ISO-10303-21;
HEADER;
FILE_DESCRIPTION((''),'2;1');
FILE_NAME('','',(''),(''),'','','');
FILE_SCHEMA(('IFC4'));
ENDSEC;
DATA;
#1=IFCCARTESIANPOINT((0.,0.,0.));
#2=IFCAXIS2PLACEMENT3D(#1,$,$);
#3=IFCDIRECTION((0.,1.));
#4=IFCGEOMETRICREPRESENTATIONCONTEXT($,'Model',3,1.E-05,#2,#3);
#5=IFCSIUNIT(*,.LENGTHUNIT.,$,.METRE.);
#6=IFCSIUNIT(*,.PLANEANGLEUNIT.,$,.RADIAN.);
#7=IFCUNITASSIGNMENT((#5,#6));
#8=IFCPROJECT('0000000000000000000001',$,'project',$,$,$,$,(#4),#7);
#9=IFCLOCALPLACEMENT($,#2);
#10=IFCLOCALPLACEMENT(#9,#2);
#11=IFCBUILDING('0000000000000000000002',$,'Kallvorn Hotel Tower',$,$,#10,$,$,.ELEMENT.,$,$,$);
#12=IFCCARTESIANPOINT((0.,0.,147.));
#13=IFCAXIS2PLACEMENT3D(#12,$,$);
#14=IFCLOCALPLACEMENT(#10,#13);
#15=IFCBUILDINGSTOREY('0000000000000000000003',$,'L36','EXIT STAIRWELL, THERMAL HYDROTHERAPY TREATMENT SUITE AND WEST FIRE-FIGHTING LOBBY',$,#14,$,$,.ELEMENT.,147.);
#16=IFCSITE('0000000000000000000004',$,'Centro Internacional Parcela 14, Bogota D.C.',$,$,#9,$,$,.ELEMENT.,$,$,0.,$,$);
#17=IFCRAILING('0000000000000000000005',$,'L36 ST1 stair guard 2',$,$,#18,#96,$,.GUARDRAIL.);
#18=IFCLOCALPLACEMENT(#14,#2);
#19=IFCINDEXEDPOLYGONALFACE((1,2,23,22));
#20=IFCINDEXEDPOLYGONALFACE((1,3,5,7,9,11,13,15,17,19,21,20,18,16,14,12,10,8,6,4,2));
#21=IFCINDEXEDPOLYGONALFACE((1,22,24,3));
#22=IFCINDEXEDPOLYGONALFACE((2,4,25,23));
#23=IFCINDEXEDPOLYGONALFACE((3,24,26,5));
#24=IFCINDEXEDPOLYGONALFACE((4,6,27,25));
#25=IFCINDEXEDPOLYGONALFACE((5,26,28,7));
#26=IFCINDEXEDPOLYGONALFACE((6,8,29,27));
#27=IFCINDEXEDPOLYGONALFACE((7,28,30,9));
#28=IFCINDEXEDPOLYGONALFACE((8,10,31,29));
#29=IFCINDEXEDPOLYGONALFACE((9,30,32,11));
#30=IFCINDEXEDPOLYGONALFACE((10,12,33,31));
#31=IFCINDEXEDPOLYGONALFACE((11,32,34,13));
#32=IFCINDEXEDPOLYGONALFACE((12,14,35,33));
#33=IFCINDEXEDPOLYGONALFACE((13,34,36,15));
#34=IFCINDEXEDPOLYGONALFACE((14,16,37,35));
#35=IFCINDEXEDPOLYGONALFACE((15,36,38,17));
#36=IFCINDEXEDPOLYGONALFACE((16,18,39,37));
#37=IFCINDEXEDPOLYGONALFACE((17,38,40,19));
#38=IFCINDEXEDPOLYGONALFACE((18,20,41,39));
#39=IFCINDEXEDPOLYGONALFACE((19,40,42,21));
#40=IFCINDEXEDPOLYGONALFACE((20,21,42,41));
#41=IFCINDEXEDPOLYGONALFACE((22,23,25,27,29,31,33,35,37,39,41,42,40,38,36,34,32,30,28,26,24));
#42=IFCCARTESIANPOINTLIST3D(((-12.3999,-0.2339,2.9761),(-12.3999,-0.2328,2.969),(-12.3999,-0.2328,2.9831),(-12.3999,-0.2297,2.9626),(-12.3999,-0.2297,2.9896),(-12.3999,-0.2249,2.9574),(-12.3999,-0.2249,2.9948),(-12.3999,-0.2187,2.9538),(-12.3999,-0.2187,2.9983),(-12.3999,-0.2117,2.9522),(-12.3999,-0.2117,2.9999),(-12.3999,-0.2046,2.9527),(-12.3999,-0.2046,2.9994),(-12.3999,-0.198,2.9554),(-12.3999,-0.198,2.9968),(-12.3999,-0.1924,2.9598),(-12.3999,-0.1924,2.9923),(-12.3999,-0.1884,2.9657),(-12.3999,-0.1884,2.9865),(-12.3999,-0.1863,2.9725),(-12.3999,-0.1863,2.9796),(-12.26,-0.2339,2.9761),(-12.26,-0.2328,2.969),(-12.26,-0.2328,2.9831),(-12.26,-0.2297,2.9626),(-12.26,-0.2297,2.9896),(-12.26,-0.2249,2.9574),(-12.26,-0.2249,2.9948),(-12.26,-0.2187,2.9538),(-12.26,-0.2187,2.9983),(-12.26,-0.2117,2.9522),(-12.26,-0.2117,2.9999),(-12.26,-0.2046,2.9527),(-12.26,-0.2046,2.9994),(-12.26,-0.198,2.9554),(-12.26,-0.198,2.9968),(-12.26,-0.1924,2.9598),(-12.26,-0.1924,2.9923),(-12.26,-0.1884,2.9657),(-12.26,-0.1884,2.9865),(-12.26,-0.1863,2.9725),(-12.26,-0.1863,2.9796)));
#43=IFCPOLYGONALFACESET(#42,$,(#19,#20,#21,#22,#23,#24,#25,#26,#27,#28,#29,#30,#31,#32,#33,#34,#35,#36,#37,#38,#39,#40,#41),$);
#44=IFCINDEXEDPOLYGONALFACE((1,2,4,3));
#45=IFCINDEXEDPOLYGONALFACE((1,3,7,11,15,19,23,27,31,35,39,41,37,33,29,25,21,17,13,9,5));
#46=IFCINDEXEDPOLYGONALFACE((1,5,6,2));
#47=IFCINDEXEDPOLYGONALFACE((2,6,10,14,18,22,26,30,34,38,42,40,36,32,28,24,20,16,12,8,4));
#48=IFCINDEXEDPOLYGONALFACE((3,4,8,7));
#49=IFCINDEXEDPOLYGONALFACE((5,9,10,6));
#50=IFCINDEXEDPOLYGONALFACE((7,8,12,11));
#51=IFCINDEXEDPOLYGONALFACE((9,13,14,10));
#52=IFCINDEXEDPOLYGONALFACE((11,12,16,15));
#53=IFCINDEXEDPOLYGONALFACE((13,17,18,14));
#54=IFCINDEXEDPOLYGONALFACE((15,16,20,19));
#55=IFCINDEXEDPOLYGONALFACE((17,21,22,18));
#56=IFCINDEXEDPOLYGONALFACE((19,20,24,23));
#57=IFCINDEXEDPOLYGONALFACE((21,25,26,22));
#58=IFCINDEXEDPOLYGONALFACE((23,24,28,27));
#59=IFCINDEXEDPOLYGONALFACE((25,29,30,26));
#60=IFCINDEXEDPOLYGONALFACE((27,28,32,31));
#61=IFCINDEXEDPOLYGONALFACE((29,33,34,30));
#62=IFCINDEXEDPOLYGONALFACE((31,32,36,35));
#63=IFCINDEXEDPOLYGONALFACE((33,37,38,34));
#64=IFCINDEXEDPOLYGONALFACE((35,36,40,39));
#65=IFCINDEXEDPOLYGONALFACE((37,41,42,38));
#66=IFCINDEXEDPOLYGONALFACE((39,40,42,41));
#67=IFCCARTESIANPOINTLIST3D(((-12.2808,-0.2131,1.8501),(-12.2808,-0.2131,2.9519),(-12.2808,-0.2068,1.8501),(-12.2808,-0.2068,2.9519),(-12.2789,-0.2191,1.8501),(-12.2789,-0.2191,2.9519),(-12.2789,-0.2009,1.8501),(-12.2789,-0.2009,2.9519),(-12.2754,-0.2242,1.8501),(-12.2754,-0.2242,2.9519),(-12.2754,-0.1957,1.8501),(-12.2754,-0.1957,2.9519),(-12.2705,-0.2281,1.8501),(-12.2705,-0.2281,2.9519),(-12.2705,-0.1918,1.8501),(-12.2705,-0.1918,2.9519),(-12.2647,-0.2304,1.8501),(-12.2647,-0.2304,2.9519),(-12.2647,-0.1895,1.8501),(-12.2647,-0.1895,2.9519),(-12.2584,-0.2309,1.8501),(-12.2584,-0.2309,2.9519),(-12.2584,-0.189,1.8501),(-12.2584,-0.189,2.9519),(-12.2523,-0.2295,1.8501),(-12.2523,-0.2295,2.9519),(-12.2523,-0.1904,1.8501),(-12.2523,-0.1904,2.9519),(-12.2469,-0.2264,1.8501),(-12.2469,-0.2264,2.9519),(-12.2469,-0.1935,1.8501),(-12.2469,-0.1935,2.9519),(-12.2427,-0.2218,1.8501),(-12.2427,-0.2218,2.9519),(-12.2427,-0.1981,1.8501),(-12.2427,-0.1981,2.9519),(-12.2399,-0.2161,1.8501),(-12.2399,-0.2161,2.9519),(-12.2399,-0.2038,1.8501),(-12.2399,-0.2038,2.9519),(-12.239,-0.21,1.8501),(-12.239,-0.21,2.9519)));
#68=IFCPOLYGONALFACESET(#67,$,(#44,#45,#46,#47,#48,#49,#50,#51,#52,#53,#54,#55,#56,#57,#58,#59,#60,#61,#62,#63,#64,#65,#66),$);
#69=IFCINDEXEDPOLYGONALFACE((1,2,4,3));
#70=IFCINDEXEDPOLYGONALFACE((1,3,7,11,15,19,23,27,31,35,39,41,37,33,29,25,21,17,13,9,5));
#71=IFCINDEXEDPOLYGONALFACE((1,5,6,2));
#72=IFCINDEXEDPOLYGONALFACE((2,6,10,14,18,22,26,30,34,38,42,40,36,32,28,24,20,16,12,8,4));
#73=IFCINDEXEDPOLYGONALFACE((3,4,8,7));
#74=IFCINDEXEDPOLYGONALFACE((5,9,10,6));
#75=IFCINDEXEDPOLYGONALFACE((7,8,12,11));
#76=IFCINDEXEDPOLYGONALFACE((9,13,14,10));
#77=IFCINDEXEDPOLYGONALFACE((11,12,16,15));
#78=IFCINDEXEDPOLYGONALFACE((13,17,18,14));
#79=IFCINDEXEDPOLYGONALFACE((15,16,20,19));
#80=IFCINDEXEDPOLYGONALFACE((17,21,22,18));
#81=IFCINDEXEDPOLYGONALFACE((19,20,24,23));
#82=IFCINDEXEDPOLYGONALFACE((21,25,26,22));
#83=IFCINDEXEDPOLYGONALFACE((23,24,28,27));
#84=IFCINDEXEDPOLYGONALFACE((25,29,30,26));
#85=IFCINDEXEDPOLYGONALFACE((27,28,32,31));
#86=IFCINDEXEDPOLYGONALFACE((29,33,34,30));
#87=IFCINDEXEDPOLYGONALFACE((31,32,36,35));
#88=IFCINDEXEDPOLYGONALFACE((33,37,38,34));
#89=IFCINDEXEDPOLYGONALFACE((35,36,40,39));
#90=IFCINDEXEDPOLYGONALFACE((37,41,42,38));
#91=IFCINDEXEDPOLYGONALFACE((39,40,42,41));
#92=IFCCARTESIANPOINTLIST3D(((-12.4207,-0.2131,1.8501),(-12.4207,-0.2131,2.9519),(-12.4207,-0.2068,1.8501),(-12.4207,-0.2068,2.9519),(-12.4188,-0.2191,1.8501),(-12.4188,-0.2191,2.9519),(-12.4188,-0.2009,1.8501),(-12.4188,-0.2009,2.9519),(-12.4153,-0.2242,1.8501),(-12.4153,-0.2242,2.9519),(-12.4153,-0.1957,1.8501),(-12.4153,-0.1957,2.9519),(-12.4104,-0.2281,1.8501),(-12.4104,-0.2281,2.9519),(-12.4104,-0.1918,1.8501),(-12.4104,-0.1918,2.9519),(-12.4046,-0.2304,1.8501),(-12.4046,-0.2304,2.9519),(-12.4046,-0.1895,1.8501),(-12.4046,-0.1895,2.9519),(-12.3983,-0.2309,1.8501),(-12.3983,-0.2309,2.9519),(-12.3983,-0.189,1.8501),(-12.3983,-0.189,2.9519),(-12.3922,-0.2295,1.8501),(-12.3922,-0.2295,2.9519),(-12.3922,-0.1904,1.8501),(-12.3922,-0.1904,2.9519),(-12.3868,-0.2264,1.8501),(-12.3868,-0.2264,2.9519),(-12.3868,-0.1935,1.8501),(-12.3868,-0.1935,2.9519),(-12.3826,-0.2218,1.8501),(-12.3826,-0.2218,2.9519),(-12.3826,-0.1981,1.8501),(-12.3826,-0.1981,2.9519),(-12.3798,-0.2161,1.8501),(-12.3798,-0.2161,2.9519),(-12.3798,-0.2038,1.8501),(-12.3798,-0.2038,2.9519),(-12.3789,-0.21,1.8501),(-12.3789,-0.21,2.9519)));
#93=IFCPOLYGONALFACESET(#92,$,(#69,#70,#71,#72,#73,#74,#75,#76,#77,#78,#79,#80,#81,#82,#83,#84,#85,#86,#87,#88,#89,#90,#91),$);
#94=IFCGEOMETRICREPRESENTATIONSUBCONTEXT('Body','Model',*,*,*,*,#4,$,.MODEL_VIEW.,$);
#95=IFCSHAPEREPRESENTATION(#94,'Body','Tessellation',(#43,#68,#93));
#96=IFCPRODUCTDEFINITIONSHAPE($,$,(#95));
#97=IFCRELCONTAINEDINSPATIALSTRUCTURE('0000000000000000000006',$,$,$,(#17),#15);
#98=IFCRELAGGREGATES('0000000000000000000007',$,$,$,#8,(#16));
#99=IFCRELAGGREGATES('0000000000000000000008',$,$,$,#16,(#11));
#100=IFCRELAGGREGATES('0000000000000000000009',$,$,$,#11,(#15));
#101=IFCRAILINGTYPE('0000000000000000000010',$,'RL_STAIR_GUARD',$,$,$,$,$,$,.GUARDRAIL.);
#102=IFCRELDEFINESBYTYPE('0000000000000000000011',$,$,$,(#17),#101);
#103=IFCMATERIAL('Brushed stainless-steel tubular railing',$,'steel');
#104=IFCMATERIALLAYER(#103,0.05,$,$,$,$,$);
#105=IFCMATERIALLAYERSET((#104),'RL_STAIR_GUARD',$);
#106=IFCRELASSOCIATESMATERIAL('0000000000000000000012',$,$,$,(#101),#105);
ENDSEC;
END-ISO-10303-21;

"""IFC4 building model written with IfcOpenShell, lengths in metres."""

from ifc_helpers import new_model, si_unit, direction, frame, origin, origin_2d, place, context, subcontext, project, spatial, circle, extrude, material, layer, layer_set, type_object, element, save


model = new_model("IFC4")

# Units and contexts
model_context = context("Model", 3, precision=1e-05, world=origin(), true_north=direction((0.0, 1.0)))
body_context = subcontext(model_context, "Body", "Model", "MODEL_VIEW")
ifc_project = project(units=[si_unit("LENGTHUNIT", "METRE"), si_unit("PLANEANGLEUNIT", "RADIAN")], contexts=[model_context])

# Site, building, storey
site_placement = place(None, origin())
site = spatial("IfcSite", under=ifc_project, at=site_placement, Name="Centro Internacional Parcela 14, Bogota D.C.", CompositionType="ELEMENT", RefElevation=0.0)
building_placement = place(site_placement, origin())
building = spatial("IfcBuilding", under=site, at=building_placement, Name="Kallvorn Hotel Tower", CompositionType="ELEMENT")
storey_placement = place(building_placement, frame((0.0, 0.0, 147.0)))
storey = spatial("IfcBuildingStorey", under=building, at=storey_placement, Name="L36", Description="EXIT STAIRWELL, THERMAL HYDROTHERAPY TREATMENT SUITE AND WEST FIRE-FIGHTING LOBBY", CompositionType="ELEMENT", Elevation=147.0)

# Railing
ifc_material_1 = material(Name="Brushed stainless-steel tubular railing", Category="steel")
ifc_layer_1 = layer(ifc_material_1, 0.05)
ifc_layer_set_1 = layer_set([ifc_layer_1], Name="RL_STAIR_GUARD")
railing_type_1 = type_object("IfcRailingType", Name="RL_STAIR_GUARD", PredefinedType="GUARDRAIL", material=ifc_layer_set_1)
railing_1_placement = place(storey_placement, frame((-12.26, -0.21, 1.8501)))
element("IfcRailing", 1, at=railing_1_placement, inside=storey, type_object=railing_type_1, Name="L36 ST1 stair guard 2", PredefinedType="GUARDRAIL", context=body_context, shape_type="SweptSolid", body=[
    extrude(circle(Radius=0.0239, at=origin_2d()), frame((0.0, 0.0, 1.126), z_axis=(-1.0, 0.0, 0.0), x_axis=(0.0, -1.0, 0.0)), (0.0, 0.0, 1.0), 0.1399),
    extrude(circle(Radius=0.021, at=origin_2d()), origin(), (0.0, 0.0, 1.0), 1.1018),
    extrude(circle(Radius=0.021, at=origin_2d()), frame((-0.1399, 0.0, 0.0)), (0.0, 0.0, 1.0), 1.1018),
])

save(model, "model.ifc")
